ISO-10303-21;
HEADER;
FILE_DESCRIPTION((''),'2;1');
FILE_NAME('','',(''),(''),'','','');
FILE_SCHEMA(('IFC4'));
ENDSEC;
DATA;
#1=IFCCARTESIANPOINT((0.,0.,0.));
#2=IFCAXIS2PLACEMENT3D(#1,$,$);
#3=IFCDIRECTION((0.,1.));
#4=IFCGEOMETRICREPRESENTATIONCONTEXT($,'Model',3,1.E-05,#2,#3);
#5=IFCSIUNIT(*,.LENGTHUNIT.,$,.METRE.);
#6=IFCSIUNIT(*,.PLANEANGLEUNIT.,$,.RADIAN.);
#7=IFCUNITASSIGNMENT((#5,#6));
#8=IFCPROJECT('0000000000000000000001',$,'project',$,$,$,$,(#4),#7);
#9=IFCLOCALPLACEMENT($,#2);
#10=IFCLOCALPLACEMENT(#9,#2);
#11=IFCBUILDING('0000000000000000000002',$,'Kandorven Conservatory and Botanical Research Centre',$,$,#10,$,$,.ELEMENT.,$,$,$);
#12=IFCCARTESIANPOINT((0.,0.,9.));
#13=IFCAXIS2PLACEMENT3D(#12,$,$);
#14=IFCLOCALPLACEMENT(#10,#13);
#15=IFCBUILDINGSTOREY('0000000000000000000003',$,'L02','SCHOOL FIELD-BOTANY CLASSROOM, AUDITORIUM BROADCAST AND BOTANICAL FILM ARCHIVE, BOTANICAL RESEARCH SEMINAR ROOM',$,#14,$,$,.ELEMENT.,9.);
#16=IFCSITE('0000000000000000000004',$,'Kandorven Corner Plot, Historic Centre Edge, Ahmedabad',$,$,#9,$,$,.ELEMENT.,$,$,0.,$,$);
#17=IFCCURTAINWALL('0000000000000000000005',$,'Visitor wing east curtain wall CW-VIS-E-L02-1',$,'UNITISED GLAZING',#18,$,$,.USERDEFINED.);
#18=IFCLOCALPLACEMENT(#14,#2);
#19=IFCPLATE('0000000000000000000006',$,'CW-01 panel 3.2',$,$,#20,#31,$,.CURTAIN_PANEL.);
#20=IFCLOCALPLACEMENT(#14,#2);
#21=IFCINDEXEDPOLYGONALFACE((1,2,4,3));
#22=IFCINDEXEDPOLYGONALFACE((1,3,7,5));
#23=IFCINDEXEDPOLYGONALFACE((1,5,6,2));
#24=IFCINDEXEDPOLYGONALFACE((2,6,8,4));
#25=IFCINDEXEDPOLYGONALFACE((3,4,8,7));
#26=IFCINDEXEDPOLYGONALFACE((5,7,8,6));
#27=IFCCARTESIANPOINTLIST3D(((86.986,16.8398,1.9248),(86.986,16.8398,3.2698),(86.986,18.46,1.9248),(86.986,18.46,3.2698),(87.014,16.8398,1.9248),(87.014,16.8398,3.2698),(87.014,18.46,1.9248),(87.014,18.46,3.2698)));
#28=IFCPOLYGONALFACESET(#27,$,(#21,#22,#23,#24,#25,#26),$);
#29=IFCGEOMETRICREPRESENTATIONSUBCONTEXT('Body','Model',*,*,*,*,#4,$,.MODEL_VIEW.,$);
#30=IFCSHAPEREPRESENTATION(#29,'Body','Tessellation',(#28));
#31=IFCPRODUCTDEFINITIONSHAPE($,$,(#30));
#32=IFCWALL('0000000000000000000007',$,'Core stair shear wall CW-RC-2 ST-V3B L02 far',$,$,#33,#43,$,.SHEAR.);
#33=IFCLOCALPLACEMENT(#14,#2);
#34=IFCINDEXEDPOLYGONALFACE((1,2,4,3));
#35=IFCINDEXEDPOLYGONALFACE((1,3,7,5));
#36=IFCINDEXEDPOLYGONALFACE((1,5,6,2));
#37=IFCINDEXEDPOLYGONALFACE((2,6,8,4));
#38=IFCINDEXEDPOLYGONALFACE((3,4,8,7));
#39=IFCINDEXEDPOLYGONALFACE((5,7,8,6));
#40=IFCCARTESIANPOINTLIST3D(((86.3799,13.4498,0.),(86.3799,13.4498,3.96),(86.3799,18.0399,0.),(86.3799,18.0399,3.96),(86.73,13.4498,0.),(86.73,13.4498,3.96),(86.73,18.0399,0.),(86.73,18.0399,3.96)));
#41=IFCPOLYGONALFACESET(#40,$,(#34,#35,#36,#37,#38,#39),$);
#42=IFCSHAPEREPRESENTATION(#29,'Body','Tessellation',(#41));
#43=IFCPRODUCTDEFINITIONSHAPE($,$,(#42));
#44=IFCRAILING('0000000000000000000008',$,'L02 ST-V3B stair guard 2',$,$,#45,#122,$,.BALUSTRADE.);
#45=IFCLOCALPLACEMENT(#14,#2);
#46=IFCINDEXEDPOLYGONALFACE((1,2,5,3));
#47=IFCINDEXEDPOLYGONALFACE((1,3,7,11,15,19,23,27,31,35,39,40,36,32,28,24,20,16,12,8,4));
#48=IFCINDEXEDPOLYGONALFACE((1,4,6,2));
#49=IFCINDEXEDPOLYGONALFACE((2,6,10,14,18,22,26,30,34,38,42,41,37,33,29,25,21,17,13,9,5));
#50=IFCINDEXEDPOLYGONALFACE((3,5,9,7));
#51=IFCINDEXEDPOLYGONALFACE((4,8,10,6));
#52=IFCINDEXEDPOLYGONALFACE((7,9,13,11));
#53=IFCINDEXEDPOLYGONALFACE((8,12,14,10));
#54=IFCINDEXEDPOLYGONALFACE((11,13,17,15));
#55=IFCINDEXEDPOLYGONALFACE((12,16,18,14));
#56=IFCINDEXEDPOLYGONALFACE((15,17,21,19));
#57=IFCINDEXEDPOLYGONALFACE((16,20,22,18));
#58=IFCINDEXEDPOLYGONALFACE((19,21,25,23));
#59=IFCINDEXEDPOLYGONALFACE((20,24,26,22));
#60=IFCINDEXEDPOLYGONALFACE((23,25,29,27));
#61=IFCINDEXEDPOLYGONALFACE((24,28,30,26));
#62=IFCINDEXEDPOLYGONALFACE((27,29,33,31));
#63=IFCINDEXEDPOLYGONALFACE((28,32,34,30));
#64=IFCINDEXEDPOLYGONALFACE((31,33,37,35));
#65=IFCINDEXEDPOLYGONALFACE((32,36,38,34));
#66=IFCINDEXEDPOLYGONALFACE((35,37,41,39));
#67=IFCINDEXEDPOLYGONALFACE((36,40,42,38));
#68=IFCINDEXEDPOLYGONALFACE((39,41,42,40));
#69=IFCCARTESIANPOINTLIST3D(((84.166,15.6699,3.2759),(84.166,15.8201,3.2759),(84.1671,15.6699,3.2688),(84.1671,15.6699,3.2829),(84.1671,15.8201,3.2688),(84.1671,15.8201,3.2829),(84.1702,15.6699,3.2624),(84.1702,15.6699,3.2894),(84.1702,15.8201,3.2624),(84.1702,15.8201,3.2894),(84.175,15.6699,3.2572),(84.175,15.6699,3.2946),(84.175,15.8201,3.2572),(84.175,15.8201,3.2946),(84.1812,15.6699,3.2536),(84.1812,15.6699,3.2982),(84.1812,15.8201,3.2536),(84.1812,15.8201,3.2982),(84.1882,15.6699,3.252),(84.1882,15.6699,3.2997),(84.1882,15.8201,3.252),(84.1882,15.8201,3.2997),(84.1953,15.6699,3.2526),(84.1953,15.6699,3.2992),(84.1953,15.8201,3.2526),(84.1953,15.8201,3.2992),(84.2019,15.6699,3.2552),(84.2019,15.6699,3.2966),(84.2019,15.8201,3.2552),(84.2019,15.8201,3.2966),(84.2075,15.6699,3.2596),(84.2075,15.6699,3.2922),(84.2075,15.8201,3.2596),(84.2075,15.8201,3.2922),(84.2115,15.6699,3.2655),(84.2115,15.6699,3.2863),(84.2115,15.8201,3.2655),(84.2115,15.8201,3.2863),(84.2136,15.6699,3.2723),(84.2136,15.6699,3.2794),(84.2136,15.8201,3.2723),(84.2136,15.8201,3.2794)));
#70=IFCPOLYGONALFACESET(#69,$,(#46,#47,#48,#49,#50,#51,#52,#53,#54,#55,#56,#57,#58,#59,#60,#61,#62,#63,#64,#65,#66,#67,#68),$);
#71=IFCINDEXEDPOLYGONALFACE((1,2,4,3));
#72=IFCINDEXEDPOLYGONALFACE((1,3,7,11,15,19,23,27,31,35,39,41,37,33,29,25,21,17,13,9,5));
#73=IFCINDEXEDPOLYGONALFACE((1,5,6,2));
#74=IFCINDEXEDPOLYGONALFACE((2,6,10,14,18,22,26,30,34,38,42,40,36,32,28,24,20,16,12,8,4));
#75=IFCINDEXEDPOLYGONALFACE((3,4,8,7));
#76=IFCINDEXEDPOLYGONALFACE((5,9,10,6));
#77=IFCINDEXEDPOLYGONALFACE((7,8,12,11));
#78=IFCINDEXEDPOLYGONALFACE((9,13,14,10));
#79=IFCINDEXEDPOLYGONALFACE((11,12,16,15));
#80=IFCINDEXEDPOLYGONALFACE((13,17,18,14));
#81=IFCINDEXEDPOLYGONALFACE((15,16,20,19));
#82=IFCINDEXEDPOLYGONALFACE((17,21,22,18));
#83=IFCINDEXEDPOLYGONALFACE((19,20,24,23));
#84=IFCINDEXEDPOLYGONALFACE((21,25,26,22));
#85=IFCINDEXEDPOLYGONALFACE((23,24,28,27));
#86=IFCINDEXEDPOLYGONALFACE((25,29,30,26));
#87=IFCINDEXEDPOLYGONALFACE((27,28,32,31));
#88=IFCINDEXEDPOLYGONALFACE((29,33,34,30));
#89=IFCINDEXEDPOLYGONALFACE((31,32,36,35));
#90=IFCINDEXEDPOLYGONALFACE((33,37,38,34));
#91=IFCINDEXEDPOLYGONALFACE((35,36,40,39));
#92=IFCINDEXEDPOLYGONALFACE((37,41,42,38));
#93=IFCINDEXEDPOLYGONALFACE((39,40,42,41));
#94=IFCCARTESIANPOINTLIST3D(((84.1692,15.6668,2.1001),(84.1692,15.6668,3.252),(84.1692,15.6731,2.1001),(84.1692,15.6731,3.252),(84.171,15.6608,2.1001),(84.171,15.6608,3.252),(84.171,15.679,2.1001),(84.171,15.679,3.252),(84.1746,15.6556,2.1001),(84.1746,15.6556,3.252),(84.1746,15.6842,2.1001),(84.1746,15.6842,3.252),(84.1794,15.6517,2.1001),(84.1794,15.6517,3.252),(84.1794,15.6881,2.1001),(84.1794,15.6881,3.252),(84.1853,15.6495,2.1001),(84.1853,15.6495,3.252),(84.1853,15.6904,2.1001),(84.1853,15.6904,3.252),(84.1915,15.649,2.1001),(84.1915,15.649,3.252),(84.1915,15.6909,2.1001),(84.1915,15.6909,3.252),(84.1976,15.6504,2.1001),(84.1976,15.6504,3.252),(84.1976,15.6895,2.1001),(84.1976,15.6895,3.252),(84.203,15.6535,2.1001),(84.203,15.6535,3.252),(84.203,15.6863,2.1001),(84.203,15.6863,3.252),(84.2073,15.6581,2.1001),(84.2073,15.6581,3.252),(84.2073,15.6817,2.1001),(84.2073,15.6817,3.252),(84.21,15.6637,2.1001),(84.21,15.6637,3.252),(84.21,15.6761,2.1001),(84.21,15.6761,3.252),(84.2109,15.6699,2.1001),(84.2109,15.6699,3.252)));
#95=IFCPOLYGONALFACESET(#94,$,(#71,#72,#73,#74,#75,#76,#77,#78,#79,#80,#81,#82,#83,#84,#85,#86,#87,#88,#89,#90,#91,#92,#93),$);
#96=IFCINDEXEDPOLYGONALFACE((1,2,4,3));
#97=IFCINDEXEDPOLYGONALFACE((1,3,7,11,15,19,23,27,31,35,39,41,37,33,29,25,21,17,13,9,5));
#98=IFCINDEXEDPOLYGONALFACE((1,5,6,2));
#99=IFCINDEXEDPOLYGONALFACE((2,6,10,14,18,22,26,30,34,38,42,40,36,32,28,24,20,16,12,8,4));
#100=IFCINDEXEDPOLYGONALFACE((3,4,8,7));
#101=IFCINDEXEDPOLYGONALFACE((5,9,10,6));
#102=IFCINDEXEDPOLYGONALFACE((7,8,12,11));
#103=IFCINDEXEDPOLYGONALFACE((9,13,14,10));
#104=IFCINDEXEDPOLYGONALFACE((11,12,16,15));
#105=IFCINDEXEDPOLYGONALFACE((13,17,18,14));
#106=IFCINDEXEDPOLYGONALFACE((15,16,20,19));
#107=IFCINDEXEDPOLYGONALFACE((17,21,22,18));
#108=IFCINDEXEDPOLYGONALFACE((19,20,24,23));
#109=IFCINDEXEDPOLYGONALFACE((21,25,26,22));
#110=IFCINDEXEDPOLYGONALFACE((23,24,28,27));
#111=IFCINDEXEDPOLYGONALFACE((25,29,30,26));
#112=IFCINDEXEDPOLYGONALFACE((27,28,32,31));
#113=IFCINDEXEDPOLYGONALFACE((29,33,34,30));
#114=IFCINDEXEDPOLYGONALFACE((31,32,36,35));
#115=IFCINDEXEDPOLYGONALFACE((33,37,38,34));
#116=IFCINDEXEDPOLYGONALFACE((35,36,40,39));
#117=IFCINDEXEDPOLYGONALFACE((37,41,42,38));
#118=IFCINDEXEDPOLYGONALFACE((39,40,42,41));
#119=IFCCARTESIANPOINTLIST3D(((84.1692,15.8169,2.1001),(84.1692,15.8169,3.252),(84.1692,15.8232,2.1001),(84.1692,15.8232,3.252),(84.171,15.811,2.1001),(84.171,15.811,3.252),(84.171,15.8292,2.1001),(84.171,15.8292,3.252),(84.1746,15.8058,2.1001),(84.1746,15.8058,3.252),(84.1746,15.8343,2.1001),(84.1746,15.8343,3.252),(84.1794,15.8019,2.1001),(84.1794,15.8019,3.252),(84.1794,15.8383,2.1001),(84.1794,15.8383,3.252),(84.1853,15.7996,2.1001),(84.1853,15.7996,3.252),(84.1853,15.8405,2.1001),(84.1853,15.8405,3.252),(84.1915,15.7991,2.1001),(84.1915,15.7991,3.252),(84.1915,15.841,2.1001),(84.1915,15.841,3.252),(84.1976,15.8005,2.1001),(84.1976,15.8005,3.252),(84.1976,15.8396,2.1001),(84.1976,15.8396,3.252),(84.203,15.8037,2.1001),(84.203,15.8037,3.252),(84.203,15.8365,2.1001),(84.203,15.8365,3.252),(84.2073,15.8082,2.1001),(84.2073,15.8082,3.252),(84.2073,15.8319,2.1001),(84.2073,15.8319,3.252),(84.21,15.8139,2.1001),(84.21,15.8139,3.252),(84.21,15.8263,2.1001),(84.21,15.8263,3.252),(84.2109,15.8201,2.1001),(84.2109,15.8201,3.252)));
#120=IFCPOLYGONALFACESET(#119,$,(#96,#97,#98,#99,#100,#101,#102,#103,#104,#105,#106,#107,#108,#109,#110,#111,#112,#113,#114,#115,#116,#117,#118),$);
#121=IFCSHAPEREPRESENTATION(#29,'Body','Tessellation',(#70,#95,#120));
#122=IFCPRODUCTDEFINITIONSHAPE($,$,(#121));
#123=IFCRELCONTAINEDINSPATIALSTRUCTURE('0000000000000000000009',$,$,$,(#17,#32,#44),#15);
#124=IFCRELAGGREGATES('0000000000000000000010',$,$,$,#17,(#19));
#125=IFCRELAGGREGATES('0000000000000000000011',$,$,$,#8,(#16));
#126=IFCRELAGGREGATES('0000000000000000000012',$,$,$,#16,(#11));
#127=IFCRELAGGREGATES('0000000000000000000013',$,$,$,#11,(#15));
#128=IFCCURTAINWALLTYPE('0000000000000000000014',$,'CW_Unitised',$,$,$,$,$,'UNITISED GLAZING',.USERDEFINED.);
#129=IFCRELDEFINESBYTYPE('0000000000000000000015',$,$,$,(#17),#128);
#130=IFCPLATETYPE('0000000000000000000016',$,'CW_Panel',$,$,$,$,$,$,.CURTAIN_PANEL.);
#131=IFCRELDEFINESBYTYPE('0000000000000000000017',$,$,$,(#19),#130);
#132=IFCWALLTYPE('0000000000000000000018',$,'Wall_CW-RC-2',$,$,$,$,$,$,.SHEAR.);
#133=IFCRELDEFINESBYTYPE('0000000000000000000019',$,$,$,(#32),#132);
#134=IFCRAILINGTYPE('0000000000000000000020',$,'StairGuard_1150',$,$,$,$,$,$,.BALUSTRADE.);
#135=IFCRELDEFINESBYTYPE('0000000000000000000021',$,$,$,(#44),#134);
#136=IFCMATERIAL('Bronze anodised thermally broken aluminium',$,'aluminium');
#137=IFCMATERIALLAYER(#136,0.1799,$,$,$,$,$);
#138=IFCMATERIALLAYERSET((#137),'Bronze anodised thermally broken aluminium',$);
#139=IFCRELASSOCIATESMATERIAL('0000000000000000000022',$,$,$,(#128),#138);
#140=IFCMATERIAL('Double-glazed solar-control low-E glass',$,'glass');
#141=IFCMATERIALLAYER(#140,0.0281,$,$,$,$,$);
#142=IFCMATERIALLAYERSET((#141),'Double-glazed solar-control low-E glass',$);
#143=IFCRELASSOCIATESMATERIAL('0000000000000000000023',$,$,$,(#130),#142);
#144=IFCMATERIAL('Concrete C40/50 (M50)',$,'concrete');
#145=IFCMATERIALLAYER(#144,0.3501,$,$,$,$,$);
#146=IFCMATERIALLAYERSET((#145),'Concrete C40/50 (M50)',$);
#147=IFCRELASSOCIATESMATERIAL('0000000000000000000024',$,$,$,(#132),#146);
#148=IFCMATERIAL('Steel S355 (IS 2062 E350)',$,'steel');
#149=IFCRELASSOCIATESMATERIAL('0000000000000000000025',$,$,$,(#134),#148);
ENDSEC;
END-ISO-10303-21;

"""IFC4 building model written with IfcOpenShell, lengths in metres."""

from ifc_helpers import new_model, si_unit, direction, frame, frame_2d, origin, origin_2d, place, context, subcontext, project, spatial, rectangle, circle, extrude, material, layer, layer_set, type_object, element, aggregate, save


model = new_model("IFC4")

# Units and contexts
model_context = context("Model", 3, precision=1e-05, world=origin(), true_north=direction((0.0, 1.0)))
body_context = subcontext(model_context, "Body", "Model", "MODEL_VIEW")
ifc_project = project(units=[si_unit("LENGTHUNIT", "METRE"), si_unit("PLANEANGLEUNIT", "RADIAN")], contexts=[model_context])

# Site, building, storey
site_placement = place(None, origin())
site = spatial("IfcSite", under=ifc_project, at=site_placement, Name="Kandorven Corner Plot, Historic Centre Edge, Ahmedabad", CompositionType="ELEMENT", RefElevation=0.0)
building_placement = place(site_placement, origin())
building = spatial("IfcBuilding", under=site, at=building_placement, Name="Kandorven Conservatory and Botanical Research Centre", CompositionType="ELEMENT")
storey_placement = place(building_placement, frame((0.0, 0.0, 9.0)))
storey = spatial("IfcBuildingStorey", under=building, at=storey_placement, Name="L02", Description="SCHOOL FIELD-BOTANY CLASSROOM, AUDITORIUM BROADCAST AND BOTANICAL FILM ARCHIVE, BOTANICAL RESEARCH SEMINAR ROOM", CompositionType="ELEMENT", Elevation=9.0)

# Curtain wall, plate
ifc_material_1 = material(Name="Bronze anodised thermally broken aluminium", Category="aluminium")
ifc_layer_1 = layer(ifc_material_1, 0.1799)
ifc_layer_set_1 = layer_set([ifc_layer_1], Name="Bronze anodised thermally broken aluminium")
curtain_wall_type = type_object("IfcCurtainWallType", Name="CW_Unitised", ElementType="UNITISED GLAZING", PredefinedType="USERDEFINED", material=ifc_layer_set_1)
curtain_wall_placement = place(storey_placement, origin())
curtain_wall = element("IfcCurtainWall", 1, at=curtain_wall_placement, inside=storey, type_object=curtain_wall_type, Name="Visitor wing east curtain wall CW-VIS-E-L02-1", ObjectType="UNITISED GLAZING", PredefinedType="USERDEFINED")
ifc_material_2 = material(Name="Double-glazed solar-control low-E glass", Category="glass")
ifc_layer_2 = layer(ifc_material_2, 0.0281)
ifc_layer_set_2 = layer_set([ifc_layer_2], Name="Double-glazed solar-control low-E glass")
plate_type = type_object("IfcPlateType", Name="CW_Panel", PredefinedType="CURTAIN_PANEL", material=ifc_layer_set_2)
plate_1_placement = place(storey_placement, frame((87.0, 17.6499, 1.9248), z_axis=(0.0, 0.0, 1.0), x_axis=(0.0, 1.0, 0.0)))
plate_1 = element("IfcPlate", 2, at=plate_1_placement, type_object=plate_type, Name="CW-01 panel 3.2", PredefinedType="CURTAIN_PANEL", context=body_context, shape_type="SweptSolid", body=[
    extrude(rectangle(XDim=1.6201, YDim=0.0281, at=origin_2d()), origin(), (0.0, 0.0, 1.0), 1.345),
])
aggregate(curtain_wall, [plate_1])

# Wall
ifc_material_3 = material(Name="Concrete C40/50 (M50)", Category="concrete")
ifc_layer_3 = layer(ifc_material_3, 0.3501)
ifc_layer_set_3 = layer_set([ifc_layer_3], Name="Concrete C40/50 (M50)")
wall_type = type_object("IfcWallType", Name="Wall_CW-RC-2", PredefinedType="SHEAR", material=ifc_layer_set_3)
wall_placement = place(storey_placement, frame((86.5549, 13.45, 0.0), z_axis=(0.0, 0.0, 1.0), x_axis=(0.0, 1.0, 0.0)))
element("IfcWall", 3, at=wall_placement, inside=storey, type_object=wall_type, Name="Core stair shear wall CW-RC-2 ST-V3B L02 far", PredefinedType="SHEAR", context=body_context, shape_type="SweptSolid", body=[
    extrude(rectangle(XDim=4.5901, YDim=0.3501, at=frame_2d((2.2949, 0.0))), origin(), (0.0, 0.0, 1.0), 3.96),
])

# Railing
ifc_material_4 = material(Name="Steel S355 (IS 2062 E350)", Category="steel")
railing_type_1 = type_object("IfcRailingType", Name="StairGuard_1150", PredefinedType="BALUSTRADE", material=ifc_material_4)
railing_1_placement = place(storey_placement, frame((84.1899, 15.6699, 2.1001)))
element("IfcRailing", 4, at=railing_1_placement, inside=storey, type_object=railing_type_1, Name="L02 ST-V3B stair guard 2", PredefinedType="BALUSTRADE", context=body_context, shape_type="SweptSolid", body=[
    extrude(circle(Radius=0.0239, at=origin_2d()), frame((0.0, 0.0, 1.1758), z_axis=(0.0, 1.0, 0.0), x_axis=(-1.0, 0.0, 0.0)), (0.0, 0.0, 1.0), 0.1501),
    extrude(circle(Radius=0.021, at=origin_2d()), origin(), (0.0, 0.0, 1.0), 1.1519),
    extrude(circle(Radius=0.021, at=origin_2d()), frame((0.0, 0.1501, 0.0)), (0.0, 0.0, 1.0), 1.1519),
])

save(model, "model.ifc")
